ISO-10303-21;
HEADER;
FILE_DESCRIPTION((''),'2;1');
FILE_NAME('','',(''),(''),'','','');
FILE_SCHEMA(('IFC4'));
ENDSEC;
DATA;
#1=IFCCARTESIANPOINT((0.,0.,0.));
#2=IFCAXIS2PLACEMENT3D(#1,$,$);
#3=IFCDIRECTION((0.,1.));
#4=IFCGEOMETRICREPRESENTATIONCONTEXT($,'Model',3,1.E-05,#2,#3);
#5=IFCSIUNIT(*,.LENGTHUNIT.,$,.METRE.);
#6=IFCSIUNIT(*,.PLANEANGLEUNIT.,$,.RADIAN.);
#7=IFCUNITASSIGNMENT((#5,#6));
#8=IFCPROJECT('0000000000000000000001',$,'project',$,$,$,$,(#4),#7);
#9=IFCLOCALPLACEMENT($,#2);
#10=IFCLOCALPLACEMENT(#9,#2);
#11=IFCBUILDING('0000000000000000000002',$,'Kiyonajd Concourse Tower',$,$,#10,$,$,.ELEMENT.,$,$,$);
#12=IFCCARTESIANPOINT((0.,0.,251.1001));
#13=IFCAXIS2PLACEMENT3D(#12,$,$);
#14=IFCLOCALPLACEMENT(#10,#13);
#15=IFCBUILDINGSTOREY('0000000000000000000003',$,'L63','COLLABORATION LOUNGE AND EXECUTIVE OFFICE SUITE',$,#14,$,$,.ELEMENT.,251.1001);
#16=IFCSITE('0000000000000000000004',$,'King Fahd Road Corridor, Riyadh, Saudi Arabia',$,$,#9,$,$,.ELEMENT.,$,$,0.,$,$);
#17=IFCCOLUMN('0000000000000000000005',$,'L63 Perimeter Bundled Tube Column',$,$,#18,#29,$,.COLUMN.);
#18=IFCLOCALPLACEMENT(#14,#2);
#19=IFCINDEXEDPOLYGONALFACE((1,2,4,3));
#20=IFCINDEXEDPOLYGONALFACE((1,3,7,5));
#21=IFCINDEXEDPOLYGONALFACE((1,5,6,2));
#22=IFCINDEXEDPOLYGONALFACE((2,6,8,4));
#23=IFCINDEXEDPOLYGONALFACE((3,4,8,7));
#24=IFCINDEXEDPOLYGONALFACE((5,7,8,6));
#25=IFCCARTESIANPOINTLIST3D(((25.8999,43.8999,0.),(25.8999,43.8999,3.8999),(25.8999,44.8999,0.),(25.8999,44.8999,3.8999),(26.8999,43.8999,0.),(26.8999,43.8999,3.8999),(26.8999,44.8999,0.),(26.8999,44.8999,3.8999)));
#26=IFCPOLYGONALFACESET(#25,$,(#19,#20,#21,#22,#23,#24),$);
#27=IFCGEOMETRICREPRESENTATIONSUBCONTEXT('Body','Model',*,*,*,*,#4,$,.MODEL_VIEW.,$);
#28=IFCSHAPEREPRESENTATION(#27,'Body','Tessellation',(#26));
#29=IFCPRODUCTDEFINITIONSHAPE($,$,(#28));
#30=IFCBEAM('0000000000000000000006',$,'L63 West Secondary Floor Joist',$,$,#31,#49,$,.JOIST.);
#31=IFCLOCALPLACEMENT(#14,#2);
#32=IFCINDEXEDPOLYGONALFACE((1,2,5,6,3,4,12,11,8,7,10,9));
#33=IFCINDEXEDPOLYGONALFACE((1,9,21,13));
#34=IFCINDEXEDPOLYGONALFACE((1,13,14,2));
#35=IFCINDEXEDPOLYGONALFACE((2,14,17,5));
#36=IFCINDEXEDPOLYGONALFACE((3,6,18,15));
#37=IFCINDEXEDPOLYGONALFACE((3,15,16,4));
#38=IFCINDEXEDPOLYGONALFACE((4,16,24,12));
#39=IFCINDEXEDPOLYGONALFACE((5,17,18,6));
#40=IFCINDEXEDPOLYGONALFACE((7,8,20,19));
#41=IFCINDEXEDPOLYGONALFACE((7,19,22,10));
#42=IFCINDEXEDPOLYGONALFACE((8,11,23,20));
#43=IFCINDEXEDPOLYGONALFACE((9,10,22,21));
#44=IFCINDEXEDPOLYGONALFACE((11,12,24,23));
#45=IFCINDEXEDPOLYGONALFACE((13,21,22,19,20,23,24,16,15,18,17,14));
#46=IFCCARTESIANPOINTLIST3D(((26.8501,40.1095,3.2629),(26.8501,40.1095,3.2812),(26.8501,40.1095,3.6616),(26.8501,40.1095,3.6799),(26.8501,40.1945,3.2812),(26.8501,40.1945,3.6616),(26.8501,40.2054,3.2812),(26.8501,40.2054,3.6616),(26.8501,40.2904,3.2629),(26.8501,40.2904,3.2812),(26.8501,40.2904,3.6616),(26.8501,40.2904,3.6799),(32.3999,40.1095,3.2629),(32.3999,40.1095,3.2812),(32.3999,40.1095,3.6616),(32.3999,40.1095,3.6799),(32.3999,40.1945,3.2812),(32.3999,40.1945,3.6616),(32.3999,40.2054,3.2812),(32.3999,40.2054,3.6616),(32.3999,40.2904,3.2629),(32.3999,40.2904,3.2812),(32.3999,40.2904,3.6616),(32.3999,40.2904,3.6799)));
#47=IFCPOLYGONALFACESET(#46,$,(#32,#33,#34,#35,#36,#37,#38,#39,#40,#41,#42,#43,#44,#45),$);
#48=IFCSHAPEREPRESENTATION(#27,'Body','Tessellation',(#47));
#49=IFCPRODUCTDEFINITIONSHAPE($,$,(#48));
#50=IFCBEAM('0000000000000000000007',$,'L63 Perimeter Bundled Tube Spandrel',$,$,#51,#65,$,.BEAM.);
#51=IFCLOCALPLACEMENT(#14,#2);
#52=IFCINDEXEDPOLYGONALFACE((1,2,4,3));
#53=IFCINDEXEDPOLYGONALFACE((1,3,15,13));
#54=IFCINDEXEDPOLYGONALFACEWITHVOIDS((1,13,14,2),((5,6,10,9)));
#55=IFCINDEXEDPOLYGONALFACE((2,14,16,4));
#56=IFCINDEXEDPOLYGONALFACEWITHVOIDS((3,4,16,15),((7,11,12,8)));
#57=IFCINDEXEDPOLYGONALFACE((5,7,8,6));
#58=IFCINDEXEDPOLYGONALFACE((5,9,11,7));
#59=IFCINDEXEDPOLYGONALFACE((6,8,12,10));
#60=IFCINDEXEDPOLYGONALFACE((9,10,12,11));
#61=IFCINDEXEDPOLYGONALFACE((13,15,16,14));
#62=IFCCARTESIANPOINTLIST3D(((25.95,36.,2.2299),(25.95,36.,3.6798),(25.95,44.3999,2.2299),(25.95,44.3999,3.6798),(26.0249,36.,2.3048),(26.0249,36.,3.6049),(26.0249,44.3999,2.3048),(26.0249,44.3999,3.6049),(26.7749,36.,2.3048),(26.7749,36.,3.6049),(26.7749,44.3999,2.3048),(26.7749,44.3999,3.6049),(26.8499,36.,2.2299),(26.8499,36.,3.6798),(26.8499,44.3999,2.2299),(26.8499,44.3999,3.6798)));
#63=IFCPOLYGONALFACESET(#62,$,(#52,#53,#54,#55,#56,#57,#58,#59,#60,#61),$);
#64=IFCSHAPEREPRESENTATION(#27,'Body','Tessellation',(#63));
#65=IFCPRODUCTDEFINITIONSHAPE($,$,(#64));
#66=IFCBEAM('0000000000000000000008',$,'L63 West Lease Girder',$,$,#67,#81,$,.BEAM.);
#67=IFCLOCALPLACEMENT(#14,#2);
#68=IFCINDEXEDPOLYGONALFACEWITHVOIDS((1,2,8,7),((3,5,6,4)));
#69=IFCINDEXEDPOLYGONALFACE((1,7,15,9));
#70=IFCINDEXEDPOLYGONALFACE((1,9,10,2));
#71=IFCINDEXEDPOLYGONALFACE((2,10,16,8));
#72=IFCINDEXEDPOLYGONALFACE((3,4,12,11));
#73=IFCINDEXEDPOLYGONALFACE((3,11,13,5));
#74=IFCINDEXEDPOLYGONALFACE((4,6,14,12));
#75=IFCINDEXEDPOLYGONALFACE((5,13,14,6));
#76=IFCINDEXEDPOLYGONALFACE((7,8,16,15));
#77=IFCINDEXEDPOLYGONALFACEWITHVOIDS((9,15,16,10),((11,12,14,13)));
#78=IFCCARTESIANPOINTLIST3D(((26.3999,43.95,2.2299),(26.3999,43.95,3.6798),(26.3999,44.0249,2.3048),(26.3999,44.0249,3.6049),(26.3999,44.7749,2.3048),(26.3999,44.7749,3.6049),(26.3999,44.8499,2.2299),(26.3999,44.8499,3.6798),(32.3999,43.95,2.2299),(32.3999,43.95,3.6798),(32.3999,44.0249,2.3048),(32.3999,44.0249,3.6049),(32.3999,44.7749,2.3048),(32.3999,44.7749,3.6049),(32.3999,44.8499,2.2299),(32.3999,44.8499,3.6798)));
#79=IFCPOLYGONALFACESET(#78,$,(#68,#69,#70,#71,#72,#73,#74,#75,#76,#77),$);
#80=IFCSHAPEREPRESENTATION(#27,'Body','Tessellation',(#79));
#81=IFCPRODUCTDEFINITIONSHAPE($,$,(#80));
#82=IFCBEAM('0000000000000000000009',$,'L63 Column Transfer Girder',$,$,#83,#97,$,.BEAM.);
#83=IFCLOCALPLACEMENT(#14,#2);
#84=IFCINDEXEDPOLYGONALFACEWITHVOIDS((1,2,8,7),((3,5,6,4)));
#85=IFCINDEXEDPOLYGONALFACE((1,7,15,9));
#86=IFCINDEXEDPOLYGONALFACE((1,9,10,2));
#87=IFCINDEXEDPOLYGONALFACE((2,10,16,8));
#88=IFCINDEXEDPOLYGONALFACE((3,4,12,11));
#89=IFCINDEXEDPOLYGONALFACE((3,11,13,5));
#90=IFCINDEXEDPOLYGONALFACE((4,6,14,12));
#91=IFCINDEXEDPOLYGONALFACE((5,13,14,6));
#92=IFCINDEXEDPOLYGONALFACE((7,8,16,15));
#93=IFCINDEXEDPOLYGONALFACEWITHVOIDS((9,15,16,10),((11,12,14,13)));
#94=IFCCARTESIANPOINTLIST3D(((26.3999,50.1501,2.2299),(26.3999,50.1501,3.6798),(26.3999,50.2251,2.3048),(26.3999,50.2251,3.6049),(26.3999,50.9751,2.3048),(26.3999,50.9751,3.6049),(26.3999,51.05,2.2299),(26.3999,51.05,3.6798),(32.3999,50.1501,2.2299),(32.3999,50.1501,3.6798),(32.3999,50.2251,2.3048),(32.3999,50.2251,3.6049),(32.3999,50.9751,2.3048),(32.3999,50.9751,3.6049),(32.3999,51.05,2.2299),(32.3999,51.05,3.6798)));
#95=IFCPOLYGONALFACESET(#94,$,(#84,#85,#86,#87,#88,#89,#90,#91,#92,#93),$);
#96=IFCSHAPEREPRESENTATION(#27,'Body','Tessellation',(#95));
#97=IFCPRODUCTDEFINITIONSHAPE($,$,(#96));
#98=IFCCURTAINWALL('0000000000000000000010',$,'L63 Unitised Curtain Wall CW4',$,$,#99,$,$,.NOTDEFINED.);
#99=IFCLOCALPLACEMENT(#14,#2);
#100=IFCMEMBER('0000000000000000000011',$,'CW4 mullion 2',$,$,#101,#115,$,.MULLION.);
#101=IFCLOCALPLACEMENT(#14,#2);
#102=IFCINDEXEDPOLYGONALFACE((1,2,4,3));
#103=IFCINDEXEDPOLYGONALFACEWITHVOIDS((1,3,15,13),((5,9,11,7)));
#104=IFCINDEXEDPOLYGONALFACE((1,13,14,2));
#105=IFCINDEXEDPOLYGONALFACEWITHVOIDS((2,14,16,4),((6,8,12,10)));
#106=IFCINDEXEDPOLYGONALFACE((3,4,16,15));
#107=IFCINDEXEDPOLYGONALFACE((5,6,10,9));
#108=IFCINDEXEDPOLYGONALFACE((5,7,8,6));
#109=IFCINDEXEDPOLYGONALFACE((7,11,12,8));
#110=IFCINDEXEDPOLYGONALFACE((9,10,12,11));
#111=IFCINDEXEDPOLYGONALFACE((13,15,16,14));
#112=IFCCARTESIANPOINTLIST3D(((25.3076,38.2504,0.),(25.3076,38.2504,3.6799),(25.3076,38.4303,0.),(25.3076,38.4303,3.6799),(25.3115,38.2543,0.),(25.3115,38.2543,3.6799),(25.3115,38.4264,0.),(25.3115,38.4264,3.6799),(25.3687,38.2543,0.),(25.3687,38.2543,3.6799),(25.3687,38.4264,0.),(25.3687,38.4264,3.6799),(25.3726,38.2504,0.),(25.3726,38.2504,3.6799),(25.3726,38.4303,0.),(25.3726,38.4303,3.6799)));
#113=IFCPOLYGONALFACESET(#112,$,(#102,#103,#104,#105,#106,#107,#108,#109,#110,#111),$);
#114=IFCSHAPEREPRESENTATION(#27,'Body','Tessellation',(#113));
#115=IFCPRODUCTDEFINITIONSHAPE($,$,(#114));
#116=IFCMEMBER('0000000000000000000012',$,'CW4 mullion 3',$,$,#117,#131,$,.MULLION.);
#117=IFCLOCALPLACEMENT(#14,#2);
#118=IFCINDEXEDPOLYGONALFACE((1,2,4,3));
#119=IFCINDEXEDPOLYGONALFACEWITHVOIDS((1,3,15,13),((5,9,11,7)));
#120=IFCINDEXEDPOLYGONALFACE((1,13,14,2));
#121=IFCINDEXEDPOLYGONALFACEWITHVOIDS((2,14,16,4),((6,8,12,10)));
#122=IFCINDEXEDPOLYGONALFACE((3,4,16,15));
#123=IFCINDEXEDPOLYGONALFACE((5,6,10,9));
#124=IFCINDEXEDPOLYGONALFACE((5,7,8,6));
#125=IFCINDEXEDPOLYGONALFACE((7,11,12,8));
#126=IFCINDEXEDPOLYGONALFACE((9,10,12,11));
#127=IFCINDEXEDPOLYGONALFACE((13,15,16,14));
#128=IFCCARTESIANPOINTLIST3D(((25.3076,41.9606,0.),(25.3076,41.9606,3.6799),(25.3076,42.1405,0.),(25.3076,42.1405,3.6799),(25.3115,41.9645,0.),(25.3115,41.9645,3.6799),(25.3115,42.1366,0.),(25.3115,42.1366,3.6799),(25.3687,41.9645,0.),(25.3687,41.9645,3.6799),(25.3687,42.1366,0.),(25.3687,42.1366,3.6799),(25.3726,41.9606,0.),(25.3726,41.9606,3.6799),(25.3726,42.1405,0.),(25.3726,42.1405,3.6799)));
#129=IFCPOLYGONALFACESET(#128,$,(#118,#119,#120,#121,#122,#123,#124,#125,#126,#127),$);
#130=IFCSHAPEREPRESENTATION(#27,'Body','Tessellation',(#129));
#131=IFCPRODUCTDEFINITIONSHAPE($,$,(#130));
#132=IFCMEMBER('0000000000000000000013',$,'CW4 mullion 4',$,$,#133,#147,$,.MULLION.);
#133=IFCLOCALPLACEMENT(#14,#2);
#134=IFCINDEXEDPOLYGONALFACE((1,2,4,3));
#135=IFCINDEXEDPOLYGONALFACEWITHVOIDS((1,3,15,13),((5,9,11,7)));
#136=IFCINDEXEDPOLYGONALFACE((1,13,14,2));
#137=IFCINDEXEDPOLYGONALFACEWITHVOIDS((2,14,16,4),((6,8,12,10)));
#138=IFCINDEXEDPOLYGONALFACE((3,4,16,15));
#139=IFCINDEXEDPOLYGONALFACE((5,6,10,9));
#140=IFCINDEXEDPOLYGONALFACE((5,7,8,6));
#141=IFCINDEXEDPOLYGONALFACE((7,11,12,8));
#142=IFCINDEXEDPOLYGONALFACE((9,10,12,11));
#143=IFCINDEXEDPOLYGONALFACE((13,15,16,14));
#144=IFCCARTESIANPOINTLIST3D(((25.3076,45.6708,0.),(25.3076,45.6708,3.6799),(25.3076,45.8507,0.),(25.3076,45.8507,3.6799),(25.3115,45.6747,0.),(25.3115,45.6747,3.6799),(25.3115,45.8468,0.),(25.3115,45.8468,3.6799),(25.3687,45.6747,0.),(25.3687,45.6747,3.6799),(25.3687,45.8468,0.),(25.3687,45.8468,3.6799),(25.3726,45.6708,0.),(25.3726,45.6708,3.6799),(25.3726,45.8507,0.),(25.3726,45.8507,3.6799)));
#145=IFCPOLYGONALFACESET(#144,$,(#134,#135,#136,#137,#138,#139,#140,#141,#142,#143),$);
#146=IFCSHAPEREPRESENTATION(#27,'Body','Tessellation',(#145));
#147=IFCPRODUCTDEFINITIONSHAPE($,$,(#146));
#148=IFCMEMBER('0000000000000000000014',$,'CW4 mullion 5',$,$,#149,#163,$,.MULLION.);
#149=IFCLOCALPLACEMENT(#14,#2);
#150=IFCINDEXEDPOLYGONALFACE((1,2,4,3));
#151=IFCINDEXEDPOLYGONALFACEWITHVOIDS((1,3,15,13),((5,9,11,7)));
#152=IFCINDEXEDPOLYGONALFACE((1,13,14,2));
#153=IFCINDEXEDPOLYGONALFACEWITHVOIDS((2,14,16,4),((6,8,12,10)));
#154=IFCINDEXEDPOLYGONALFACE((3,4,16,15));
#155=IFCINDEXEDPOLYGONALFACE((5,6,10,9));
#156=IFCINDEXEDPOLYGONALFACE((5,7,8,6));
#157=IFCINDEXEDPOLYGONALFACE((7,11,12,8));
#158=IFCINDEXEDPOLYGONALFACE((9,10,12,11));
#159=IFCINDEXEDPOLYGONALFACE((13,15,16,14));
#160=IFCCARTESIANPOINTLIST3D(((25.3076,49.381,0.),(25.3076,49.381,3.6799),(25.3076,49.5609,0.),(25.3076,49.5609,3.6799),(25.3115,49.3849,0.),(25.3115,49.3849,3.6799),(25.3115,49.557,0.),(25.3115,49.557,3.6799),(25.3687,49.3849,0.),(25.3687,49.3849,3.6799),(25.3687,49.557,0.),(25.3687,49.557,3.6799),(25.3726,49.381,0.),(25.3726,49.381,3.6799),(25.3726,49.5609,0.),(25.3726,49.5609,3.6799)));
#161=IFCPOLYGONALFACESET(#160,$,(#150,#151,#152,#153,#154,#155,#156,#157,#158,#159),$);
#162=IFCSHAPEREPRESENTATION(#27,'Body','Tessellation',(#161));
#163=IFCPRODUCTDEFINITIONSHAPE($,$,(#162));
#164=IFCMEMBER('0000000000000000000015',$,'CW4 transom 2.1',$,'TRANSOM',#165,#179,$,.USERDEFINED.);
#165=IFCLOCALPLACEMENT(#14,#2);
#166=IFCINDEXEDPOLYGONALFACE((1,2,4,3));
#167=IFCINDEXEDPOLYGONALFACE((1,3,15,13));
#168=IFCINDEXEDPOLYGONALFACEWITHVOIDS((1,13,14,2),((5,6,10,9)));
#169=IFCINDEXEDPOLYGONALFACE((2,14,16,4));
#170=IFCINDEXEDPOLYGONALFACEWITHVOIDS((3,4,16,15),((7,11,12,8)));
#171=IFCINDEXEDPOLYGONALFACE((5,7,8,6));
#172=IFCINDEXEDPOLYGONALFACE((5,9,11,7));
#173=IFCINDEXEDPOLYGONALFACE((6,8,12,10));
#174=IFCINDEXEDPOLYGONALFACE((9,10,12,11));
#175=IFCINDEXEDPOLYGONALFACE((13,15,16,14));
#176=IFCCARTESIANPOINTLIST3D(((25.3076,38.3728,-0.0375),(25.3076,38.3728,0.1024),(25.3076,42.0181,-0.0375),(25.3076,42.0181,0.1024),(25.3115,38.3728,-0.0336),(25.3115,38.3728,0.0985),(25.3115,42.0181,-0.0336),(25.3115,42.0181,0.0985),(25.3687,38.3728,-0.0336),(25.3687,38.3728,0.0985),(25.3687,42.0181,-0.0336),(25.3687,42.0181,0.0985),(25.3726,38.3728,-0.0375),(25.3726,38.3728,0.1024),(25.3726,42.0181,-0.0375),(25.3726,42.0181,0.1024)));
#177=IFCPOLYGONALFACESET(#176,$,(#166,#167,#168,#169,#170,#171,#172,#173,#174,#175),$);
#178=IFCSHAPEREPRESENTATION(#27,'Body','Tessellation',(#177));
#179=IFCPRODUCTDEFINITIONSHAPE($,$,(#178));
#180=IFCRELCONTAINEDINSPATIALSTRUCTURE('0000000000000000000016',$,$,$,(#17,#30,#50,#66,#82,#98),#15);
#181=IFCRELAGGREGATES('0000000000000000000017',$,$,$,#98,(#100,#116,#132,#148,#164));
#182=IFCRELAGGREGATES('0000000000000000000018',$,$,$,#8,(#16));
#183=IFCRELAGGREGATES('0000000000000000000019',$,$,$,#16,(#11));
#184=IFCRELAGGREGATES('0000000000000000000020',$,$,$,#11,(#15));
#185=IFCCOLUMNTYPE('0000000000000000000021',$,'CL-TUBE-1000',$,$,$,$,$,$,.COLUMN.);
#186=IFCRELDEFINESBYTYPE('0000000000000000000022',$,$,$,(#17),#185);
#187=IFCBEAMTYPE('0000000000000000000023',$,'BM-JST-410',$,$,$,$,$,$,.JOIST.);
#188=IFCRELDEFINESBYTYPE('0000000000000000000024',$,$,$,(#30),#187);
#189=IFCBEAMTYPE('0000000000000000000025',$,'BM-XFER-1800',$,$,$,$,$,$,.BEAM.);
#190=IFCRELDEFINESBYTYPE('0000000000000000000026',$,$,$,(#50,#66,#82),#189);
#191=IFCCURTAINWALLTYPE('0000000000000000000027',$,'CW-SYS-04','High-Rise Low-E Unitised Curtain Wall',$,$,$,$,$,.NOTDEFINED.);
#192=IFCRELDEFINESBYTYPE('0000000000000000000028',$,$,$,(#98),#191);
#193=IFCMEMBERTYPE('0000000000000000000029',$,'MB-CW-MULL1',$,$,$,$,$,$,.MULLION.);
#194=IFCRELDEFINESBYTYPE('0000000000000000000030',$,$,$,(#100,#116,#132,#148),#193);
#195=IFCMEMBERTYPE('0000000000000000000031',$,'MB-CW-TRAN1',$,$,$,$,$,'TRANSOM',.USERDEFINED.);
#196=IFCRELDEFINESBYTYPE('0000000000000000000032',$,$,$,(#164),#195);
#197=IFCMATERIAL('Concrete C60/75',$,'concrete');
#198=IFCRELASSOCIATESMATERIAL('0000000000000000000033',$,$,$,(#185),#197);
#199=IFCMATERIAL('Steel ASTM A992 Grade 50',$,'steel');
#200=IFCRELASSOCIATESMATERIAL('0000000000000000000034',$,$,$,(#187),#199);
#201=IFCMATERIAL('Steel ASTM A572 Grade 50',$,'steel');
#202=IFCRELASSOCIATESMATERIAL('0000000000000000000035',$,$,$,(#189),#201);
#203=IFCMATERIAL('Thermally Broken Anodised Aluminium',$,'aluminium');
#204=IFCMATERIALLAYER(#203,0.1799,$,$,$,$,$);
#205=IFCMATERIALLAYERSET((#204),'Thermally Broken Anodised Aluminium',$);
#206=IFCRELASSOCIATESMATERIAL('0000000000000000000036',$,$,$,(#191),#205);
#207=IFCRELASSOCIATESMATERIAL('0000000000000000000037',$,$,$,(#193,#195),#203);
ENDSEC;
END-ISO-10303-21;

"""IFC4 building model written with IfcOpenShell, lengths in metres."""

from ifc_helpers import new_model, si_unit, direction, frame, origin, origin_2d, place, context, subcontext, project, spatial, rectangle, hollow_rectangle, i_section, extrude, material, layer, layer_set, material_profile, profile_set, type_object, element, aggregate, save


model = new_model("IFC4")

# Units and contexts
model_context = context("Model", 3, precision=1e-05, world=origin(), true_north=direction((0.0, 1.0)))
body_context = subcontext(model_context, "Body", "Model", "MODEL_VIEW")
ifc_project = project(units=[si_unit("LENGTHUNIT", "METRE"), si_unit("PLANEANGLEUNIT", "RADIAN")], contexts=[model_context])

# Site, building, storey
site_placement = place(None, origin())
site = spatial("IfcSite", under=ifc_project, at=site_placement, Name="King Fahd Road Corridor, Riyadh, Saudi Arabia", CompositionType="ELEMENT", RefElevation=0.0)
building_placement = place(site_placement, origin())
building = spatial("IfcBuilding", under=site, at=building_placement, Name="Kiyonajd Concourse Tower", CompositionType="ELEMENT")
storey_placement = place(building_placement, frame((0.0, 0.0, 251.1001)))
storey = spatial("IfcBuildingStorey", under=building, at=storey_placement, Name="L63", Description="COLLABORATION LOUNGE AND EXECUTIVE OFFICE SUITE", CompositionType="ELEMENT", Elevation=251.1001)

# Column
ifc_material_1 = material(Name="Concrete C60/75", Category="concrete")
ifc_material_profile_1 = material_profile(ifc_material_1, rectangle(XDim=1.0, YDim=1.0, at=origin_2d()), Name="RC-1000x1000")
ifc_profile_set_1 = profile_set([ifc_material_profile_1], Name="Concrete C60/75")
column_type = type_object("IfcColumnType", Name="CL-TUBE-1000", PredefinedType="COLUMN", material=ifc_profile_set_1)
column_placement = place(storey_placement, frame((26.3999, 44.3999, 0.0), z_axis=(0.0, 0.0, 1.0), x_axis=(1.0, 0.0, 0.0)))
element("IfcColumn", 1, at=column_placement, inside=storey, type_object=column_type, Name="L63 Perimeter Bundled Tube Column", PredefinedType="COLUMN", context=body_context, shape_type="SweptSolid", body=[
    extrude(rectangle(XDim=1.0, YDim=1.0, at=origin_2d()), origin(), (0.0, 0.0, 1.0), 3.8999),
])

# Beams
ifc_material_2 = material(Name="Steel ASTM A992 Grade 50", Category="steel")
ifc_material_profile_2 = material_profile(ifc_material_2, i_section(OverallWidth=0.1809, OverallDepth=0.417, WebThickness=0.011, FlangeThickness=0.0183, at=origin_2d()), Name="W410X85")
ifc_profile_set_2 = profile_set([ifc_material_profile_2], Name="Steel ASTM A992 Grade 50")
beam_type_1 = type_object("IfcBeamType", Name="BM-JST-410", PredefinedType="JOIST", material=ifc_profile_set_2)
beam_1_placement = place(storey_placement, frame((26.8501, 40.2, 3.4714), z_axis=(1.0, 0.0, 0.0), x_axis=(0.0, 1.0, 0.0)))
element("IfcBeam", 2, at=beam_1_placement, inside=storey, type_object=beam_type_1, Name="L63 West Secondary Floor Joist", PredefinedType="JOIST", context=body_context, shape_type="SweptSolid", body=[
    extrude(i_section(OverallWidth=0.1809, OverallDepth=0.417, WebThickness=0.011, FlangeThickness=0.0183, at=origin_2d()), origin(), (0.0, 0.0, 1.0), 5.5498),
])
ifc_material_3 = material(Name="Steel ASTM A572 Grade 50", Category="steel")
ifc_material_profile_3 = material_profile(ifc_material_3, hollow_rectangle(XDim=0.8999, YDim=1.45, WallThickness=0.075, at=origin_2d()), Name="BOX-1450x900x75")
ifc_profile_set_3 = profile_set([ifc_material_profile_3], Name="Steel ASTM A572 Grade 50")
beam_type_2 = type_object("IfcBeamType", Name="BM-XFER-1800", PredefinedType="BEAM", material=ifc_profile_set_3)
beam_2_placement = place(storey_placement, frame((26.3999, 44.3999, 2.9548), z_axis=(0.0, -1.0, 0.0), x_axis=(1.0, 0.0, 0.0)))
element("IfcBeam", 3, at=beam_2_placement, inside=storey, type_object=beam_type_2, Name="L63 Perimeter Bundled Tube Spandrel", PredefinedType="BEAM", context=body_context, shape_type="SweptSolid", body=[
    extrude(hollow_rectangle(XDim=0.8999, YDim=1.45, WallThickness=0.075, at=origin_2d()), origin(), (0.0, 0.0, 1.0), 8.3999),
])
for number, where, z_axis, x_axis, name in (
    (4, (26.3999, 44.3999, 2.9548), (1.0, 0.0, 0.0), (0.0, 1.0, 0.0), "L63 West Lease Girder"),
    (5, (26.3999, 50.6001, 2.9548), (1.0, 0.0, 0.0), (0.0, 1.0, 0.0), "L63 Column Transfer Girder"),
):
    element("IfcBeam", number, at=place(storey_placement, frame(where, z_axis=z_axis, x_axis=x_axis)), inside=storey, type_object=beam_type_2, Name=name, PredefinedType="BEAM", context=body_context, shape_type="SweptSolid", body=[
        extrude(hollow_rectangle(XDim=0.8999, YDim=1.45, WallThickness=0.075, at=origin_2d()), origin(), (0.0, 0.0, 1.0), 6.0),
    ])

# Curtain wall, members
ifc_material_4 = material(Name="Thermally Broken Anodised Aluminium", Category="aluminium")
ifc_layer_1 = layer(ifc_material_4, 0.1799)
ifc_layer_set_1 = layer_set([ifc_layer_1], Name="Thermally Broken Anodised Aluminium")
curtain_wall_type = type_object("IfcCurtainWallType", Name="CW-SYS-04", Description="High-Rise Low-E Unitised Curtain Wall", PredefinedType="NOTDEFINED", material=ifc_layer_set_1)
curtain_wall_placement = place(storey_placement, origin())
curtain_wall = element("IfcCurtainWall", 6, at=curtain_wall_placement, inside=storey, type_object=curtain_wall_type, Name="L63 Unitised Curtain Wall CW4", PredefinedType="NOTDEFINED")
ifc_material_profile_4 = material_profile(ifc_material_4, hollow_rectangle(XDim=0.0649, YDim=0.1799, WallThickness=0.0039, at=origin_2d()), Name="MULL-65x180")
ifc_profile_set_4 = profile_set([ifc_material_profile_4], Name="Thermally Broken Anodised Aluminium")
member_type_1 = type_object("IfcMemberType", Name="MB-CW-MULL1", PredefinedType="MULLION", material=ifc_profile_set_4)
member_1_placement = place(storey_placement, frame((25.3401, 38.3403, 0.0), z_axis=(0.0, 0.0, 1.0), x_axis=(-1.0, 0.0, 0.0)))
member_1 = element("IfcMember", 7, at=member_1_placement, type_object=member_type_1, Name="CW4 mullion 2", PredefinedType="MULLION", context=body_context, shape_type="SweptSolid", body=[
    extrude(hollow_rectangle(XDim=0.0649, YDim=0.1799, WallThickness=0.0039, at=origin_2d()), origin(), (0.0, 0.0, 1.0), 3.6799),
])
member_2_placement = place(storey_placement, frame((25.3401, 42.0505, 0.0), z_axis=(0.0, 0.0, 1.0), x_axis=(-1.0, 0.0, 0.0)))
member_2 = element("IfcMember", 8, at=member_2_placement, type_object=member_type_1, Name="CW4 mullion 3", PredefinedType="MULLION", context=body_context, shape_type="SweptSolid", body=[
    extrude(hollow_rectangle(XDim=0.0649, YDim=0.1799, WallThickness=0.0039, at=origin_2d()), origin(), (0.0, 0.0, 1.0), 3.6799),
])
member_3_placement = place(storey_placement, frame((25.3401, 45.7607, 0.0), z_axis=(0.0, 0.0, 1.0), x_axis=(-1.0, 0.0, 0.0)))
member_3 = element("IfcMember", 9, at=member_3_placement, type_object=member_type_1, Name="CW4 mullion 4", PredefinedType="MULLION", context=body_context, shape_type="SweptSolid", body=[
    extrude(hollow_rectangle(XDim=0.0649, YDim=0.1799, WallThickness=0.0039, at=origin_2d()), origin(), (0.0, 0.0, 1.0), 3.6799),
])
member_4_placement = place(storey_placement, frame((25.3401, 49.4709, 0.0), z_axis=(0.0, 0.0, 1.0), x_axis=(-1.0, 0.0, 0.0)))
member_4 = element("IfcMember", 10, at=member_4_placement, type_object=member_type_1, Name="CW4 mullion 5", PredefinedType="MULLION", context=body_context, shape_type="SweptSolid", body=[
    extrude(hollow_rectangle(XDim=0.0649, YDim=0.1799, WallThickness=0.0039, at=origin_2d()), origin(), (0.0, 0.0, 1.0), 3.6799),
])
ifc_material_profile_5 = material_profile(ifc_material_4, hollow_rectangle(XDim=0.0649, YDim=0.1399, WallThickness=0.0039, at=origin_2d()), Name="TRAN-65x140")
ifc_profile_set_5 = profile_set([ifc_material_profile_5], Name="Thermally Broken Anodised Aluminium")
member_type_2 = type_object("IfcMemberType", Name="MB-CW-TRAN1", ElementType="TRANSOM", PredefinedType="USERDEFINED", material=ifc_profile_set_5)
member_5_placement = place(storey_placement, frame((25.3401, 38.3728, 0.0325), z_axis=(0.0, 1.0, 0.0), x_axis=(-1.0, 0.0, 0.0)))
member_5 = element("IfcMember", 11, at=member_5_placement, type_object=member_type_2, Name="CW4 transom 2.1", ObjectType="TRANSOM", PredefinedType="USERDEFINED", context=body_context, shape_type="SweptSolid", body=[
    extrude(hollow_rectangle(XDim=0.0649, YDim=0.1399, WallThickness=0.0039, at=origin_2d()), origin(), (0.0, 0.0, 1.0), 3.6453),
])

aggregate(curtain_wall, [member_1, member_2, member_3, member_4, member_5])

save(model, "model.ifc")
